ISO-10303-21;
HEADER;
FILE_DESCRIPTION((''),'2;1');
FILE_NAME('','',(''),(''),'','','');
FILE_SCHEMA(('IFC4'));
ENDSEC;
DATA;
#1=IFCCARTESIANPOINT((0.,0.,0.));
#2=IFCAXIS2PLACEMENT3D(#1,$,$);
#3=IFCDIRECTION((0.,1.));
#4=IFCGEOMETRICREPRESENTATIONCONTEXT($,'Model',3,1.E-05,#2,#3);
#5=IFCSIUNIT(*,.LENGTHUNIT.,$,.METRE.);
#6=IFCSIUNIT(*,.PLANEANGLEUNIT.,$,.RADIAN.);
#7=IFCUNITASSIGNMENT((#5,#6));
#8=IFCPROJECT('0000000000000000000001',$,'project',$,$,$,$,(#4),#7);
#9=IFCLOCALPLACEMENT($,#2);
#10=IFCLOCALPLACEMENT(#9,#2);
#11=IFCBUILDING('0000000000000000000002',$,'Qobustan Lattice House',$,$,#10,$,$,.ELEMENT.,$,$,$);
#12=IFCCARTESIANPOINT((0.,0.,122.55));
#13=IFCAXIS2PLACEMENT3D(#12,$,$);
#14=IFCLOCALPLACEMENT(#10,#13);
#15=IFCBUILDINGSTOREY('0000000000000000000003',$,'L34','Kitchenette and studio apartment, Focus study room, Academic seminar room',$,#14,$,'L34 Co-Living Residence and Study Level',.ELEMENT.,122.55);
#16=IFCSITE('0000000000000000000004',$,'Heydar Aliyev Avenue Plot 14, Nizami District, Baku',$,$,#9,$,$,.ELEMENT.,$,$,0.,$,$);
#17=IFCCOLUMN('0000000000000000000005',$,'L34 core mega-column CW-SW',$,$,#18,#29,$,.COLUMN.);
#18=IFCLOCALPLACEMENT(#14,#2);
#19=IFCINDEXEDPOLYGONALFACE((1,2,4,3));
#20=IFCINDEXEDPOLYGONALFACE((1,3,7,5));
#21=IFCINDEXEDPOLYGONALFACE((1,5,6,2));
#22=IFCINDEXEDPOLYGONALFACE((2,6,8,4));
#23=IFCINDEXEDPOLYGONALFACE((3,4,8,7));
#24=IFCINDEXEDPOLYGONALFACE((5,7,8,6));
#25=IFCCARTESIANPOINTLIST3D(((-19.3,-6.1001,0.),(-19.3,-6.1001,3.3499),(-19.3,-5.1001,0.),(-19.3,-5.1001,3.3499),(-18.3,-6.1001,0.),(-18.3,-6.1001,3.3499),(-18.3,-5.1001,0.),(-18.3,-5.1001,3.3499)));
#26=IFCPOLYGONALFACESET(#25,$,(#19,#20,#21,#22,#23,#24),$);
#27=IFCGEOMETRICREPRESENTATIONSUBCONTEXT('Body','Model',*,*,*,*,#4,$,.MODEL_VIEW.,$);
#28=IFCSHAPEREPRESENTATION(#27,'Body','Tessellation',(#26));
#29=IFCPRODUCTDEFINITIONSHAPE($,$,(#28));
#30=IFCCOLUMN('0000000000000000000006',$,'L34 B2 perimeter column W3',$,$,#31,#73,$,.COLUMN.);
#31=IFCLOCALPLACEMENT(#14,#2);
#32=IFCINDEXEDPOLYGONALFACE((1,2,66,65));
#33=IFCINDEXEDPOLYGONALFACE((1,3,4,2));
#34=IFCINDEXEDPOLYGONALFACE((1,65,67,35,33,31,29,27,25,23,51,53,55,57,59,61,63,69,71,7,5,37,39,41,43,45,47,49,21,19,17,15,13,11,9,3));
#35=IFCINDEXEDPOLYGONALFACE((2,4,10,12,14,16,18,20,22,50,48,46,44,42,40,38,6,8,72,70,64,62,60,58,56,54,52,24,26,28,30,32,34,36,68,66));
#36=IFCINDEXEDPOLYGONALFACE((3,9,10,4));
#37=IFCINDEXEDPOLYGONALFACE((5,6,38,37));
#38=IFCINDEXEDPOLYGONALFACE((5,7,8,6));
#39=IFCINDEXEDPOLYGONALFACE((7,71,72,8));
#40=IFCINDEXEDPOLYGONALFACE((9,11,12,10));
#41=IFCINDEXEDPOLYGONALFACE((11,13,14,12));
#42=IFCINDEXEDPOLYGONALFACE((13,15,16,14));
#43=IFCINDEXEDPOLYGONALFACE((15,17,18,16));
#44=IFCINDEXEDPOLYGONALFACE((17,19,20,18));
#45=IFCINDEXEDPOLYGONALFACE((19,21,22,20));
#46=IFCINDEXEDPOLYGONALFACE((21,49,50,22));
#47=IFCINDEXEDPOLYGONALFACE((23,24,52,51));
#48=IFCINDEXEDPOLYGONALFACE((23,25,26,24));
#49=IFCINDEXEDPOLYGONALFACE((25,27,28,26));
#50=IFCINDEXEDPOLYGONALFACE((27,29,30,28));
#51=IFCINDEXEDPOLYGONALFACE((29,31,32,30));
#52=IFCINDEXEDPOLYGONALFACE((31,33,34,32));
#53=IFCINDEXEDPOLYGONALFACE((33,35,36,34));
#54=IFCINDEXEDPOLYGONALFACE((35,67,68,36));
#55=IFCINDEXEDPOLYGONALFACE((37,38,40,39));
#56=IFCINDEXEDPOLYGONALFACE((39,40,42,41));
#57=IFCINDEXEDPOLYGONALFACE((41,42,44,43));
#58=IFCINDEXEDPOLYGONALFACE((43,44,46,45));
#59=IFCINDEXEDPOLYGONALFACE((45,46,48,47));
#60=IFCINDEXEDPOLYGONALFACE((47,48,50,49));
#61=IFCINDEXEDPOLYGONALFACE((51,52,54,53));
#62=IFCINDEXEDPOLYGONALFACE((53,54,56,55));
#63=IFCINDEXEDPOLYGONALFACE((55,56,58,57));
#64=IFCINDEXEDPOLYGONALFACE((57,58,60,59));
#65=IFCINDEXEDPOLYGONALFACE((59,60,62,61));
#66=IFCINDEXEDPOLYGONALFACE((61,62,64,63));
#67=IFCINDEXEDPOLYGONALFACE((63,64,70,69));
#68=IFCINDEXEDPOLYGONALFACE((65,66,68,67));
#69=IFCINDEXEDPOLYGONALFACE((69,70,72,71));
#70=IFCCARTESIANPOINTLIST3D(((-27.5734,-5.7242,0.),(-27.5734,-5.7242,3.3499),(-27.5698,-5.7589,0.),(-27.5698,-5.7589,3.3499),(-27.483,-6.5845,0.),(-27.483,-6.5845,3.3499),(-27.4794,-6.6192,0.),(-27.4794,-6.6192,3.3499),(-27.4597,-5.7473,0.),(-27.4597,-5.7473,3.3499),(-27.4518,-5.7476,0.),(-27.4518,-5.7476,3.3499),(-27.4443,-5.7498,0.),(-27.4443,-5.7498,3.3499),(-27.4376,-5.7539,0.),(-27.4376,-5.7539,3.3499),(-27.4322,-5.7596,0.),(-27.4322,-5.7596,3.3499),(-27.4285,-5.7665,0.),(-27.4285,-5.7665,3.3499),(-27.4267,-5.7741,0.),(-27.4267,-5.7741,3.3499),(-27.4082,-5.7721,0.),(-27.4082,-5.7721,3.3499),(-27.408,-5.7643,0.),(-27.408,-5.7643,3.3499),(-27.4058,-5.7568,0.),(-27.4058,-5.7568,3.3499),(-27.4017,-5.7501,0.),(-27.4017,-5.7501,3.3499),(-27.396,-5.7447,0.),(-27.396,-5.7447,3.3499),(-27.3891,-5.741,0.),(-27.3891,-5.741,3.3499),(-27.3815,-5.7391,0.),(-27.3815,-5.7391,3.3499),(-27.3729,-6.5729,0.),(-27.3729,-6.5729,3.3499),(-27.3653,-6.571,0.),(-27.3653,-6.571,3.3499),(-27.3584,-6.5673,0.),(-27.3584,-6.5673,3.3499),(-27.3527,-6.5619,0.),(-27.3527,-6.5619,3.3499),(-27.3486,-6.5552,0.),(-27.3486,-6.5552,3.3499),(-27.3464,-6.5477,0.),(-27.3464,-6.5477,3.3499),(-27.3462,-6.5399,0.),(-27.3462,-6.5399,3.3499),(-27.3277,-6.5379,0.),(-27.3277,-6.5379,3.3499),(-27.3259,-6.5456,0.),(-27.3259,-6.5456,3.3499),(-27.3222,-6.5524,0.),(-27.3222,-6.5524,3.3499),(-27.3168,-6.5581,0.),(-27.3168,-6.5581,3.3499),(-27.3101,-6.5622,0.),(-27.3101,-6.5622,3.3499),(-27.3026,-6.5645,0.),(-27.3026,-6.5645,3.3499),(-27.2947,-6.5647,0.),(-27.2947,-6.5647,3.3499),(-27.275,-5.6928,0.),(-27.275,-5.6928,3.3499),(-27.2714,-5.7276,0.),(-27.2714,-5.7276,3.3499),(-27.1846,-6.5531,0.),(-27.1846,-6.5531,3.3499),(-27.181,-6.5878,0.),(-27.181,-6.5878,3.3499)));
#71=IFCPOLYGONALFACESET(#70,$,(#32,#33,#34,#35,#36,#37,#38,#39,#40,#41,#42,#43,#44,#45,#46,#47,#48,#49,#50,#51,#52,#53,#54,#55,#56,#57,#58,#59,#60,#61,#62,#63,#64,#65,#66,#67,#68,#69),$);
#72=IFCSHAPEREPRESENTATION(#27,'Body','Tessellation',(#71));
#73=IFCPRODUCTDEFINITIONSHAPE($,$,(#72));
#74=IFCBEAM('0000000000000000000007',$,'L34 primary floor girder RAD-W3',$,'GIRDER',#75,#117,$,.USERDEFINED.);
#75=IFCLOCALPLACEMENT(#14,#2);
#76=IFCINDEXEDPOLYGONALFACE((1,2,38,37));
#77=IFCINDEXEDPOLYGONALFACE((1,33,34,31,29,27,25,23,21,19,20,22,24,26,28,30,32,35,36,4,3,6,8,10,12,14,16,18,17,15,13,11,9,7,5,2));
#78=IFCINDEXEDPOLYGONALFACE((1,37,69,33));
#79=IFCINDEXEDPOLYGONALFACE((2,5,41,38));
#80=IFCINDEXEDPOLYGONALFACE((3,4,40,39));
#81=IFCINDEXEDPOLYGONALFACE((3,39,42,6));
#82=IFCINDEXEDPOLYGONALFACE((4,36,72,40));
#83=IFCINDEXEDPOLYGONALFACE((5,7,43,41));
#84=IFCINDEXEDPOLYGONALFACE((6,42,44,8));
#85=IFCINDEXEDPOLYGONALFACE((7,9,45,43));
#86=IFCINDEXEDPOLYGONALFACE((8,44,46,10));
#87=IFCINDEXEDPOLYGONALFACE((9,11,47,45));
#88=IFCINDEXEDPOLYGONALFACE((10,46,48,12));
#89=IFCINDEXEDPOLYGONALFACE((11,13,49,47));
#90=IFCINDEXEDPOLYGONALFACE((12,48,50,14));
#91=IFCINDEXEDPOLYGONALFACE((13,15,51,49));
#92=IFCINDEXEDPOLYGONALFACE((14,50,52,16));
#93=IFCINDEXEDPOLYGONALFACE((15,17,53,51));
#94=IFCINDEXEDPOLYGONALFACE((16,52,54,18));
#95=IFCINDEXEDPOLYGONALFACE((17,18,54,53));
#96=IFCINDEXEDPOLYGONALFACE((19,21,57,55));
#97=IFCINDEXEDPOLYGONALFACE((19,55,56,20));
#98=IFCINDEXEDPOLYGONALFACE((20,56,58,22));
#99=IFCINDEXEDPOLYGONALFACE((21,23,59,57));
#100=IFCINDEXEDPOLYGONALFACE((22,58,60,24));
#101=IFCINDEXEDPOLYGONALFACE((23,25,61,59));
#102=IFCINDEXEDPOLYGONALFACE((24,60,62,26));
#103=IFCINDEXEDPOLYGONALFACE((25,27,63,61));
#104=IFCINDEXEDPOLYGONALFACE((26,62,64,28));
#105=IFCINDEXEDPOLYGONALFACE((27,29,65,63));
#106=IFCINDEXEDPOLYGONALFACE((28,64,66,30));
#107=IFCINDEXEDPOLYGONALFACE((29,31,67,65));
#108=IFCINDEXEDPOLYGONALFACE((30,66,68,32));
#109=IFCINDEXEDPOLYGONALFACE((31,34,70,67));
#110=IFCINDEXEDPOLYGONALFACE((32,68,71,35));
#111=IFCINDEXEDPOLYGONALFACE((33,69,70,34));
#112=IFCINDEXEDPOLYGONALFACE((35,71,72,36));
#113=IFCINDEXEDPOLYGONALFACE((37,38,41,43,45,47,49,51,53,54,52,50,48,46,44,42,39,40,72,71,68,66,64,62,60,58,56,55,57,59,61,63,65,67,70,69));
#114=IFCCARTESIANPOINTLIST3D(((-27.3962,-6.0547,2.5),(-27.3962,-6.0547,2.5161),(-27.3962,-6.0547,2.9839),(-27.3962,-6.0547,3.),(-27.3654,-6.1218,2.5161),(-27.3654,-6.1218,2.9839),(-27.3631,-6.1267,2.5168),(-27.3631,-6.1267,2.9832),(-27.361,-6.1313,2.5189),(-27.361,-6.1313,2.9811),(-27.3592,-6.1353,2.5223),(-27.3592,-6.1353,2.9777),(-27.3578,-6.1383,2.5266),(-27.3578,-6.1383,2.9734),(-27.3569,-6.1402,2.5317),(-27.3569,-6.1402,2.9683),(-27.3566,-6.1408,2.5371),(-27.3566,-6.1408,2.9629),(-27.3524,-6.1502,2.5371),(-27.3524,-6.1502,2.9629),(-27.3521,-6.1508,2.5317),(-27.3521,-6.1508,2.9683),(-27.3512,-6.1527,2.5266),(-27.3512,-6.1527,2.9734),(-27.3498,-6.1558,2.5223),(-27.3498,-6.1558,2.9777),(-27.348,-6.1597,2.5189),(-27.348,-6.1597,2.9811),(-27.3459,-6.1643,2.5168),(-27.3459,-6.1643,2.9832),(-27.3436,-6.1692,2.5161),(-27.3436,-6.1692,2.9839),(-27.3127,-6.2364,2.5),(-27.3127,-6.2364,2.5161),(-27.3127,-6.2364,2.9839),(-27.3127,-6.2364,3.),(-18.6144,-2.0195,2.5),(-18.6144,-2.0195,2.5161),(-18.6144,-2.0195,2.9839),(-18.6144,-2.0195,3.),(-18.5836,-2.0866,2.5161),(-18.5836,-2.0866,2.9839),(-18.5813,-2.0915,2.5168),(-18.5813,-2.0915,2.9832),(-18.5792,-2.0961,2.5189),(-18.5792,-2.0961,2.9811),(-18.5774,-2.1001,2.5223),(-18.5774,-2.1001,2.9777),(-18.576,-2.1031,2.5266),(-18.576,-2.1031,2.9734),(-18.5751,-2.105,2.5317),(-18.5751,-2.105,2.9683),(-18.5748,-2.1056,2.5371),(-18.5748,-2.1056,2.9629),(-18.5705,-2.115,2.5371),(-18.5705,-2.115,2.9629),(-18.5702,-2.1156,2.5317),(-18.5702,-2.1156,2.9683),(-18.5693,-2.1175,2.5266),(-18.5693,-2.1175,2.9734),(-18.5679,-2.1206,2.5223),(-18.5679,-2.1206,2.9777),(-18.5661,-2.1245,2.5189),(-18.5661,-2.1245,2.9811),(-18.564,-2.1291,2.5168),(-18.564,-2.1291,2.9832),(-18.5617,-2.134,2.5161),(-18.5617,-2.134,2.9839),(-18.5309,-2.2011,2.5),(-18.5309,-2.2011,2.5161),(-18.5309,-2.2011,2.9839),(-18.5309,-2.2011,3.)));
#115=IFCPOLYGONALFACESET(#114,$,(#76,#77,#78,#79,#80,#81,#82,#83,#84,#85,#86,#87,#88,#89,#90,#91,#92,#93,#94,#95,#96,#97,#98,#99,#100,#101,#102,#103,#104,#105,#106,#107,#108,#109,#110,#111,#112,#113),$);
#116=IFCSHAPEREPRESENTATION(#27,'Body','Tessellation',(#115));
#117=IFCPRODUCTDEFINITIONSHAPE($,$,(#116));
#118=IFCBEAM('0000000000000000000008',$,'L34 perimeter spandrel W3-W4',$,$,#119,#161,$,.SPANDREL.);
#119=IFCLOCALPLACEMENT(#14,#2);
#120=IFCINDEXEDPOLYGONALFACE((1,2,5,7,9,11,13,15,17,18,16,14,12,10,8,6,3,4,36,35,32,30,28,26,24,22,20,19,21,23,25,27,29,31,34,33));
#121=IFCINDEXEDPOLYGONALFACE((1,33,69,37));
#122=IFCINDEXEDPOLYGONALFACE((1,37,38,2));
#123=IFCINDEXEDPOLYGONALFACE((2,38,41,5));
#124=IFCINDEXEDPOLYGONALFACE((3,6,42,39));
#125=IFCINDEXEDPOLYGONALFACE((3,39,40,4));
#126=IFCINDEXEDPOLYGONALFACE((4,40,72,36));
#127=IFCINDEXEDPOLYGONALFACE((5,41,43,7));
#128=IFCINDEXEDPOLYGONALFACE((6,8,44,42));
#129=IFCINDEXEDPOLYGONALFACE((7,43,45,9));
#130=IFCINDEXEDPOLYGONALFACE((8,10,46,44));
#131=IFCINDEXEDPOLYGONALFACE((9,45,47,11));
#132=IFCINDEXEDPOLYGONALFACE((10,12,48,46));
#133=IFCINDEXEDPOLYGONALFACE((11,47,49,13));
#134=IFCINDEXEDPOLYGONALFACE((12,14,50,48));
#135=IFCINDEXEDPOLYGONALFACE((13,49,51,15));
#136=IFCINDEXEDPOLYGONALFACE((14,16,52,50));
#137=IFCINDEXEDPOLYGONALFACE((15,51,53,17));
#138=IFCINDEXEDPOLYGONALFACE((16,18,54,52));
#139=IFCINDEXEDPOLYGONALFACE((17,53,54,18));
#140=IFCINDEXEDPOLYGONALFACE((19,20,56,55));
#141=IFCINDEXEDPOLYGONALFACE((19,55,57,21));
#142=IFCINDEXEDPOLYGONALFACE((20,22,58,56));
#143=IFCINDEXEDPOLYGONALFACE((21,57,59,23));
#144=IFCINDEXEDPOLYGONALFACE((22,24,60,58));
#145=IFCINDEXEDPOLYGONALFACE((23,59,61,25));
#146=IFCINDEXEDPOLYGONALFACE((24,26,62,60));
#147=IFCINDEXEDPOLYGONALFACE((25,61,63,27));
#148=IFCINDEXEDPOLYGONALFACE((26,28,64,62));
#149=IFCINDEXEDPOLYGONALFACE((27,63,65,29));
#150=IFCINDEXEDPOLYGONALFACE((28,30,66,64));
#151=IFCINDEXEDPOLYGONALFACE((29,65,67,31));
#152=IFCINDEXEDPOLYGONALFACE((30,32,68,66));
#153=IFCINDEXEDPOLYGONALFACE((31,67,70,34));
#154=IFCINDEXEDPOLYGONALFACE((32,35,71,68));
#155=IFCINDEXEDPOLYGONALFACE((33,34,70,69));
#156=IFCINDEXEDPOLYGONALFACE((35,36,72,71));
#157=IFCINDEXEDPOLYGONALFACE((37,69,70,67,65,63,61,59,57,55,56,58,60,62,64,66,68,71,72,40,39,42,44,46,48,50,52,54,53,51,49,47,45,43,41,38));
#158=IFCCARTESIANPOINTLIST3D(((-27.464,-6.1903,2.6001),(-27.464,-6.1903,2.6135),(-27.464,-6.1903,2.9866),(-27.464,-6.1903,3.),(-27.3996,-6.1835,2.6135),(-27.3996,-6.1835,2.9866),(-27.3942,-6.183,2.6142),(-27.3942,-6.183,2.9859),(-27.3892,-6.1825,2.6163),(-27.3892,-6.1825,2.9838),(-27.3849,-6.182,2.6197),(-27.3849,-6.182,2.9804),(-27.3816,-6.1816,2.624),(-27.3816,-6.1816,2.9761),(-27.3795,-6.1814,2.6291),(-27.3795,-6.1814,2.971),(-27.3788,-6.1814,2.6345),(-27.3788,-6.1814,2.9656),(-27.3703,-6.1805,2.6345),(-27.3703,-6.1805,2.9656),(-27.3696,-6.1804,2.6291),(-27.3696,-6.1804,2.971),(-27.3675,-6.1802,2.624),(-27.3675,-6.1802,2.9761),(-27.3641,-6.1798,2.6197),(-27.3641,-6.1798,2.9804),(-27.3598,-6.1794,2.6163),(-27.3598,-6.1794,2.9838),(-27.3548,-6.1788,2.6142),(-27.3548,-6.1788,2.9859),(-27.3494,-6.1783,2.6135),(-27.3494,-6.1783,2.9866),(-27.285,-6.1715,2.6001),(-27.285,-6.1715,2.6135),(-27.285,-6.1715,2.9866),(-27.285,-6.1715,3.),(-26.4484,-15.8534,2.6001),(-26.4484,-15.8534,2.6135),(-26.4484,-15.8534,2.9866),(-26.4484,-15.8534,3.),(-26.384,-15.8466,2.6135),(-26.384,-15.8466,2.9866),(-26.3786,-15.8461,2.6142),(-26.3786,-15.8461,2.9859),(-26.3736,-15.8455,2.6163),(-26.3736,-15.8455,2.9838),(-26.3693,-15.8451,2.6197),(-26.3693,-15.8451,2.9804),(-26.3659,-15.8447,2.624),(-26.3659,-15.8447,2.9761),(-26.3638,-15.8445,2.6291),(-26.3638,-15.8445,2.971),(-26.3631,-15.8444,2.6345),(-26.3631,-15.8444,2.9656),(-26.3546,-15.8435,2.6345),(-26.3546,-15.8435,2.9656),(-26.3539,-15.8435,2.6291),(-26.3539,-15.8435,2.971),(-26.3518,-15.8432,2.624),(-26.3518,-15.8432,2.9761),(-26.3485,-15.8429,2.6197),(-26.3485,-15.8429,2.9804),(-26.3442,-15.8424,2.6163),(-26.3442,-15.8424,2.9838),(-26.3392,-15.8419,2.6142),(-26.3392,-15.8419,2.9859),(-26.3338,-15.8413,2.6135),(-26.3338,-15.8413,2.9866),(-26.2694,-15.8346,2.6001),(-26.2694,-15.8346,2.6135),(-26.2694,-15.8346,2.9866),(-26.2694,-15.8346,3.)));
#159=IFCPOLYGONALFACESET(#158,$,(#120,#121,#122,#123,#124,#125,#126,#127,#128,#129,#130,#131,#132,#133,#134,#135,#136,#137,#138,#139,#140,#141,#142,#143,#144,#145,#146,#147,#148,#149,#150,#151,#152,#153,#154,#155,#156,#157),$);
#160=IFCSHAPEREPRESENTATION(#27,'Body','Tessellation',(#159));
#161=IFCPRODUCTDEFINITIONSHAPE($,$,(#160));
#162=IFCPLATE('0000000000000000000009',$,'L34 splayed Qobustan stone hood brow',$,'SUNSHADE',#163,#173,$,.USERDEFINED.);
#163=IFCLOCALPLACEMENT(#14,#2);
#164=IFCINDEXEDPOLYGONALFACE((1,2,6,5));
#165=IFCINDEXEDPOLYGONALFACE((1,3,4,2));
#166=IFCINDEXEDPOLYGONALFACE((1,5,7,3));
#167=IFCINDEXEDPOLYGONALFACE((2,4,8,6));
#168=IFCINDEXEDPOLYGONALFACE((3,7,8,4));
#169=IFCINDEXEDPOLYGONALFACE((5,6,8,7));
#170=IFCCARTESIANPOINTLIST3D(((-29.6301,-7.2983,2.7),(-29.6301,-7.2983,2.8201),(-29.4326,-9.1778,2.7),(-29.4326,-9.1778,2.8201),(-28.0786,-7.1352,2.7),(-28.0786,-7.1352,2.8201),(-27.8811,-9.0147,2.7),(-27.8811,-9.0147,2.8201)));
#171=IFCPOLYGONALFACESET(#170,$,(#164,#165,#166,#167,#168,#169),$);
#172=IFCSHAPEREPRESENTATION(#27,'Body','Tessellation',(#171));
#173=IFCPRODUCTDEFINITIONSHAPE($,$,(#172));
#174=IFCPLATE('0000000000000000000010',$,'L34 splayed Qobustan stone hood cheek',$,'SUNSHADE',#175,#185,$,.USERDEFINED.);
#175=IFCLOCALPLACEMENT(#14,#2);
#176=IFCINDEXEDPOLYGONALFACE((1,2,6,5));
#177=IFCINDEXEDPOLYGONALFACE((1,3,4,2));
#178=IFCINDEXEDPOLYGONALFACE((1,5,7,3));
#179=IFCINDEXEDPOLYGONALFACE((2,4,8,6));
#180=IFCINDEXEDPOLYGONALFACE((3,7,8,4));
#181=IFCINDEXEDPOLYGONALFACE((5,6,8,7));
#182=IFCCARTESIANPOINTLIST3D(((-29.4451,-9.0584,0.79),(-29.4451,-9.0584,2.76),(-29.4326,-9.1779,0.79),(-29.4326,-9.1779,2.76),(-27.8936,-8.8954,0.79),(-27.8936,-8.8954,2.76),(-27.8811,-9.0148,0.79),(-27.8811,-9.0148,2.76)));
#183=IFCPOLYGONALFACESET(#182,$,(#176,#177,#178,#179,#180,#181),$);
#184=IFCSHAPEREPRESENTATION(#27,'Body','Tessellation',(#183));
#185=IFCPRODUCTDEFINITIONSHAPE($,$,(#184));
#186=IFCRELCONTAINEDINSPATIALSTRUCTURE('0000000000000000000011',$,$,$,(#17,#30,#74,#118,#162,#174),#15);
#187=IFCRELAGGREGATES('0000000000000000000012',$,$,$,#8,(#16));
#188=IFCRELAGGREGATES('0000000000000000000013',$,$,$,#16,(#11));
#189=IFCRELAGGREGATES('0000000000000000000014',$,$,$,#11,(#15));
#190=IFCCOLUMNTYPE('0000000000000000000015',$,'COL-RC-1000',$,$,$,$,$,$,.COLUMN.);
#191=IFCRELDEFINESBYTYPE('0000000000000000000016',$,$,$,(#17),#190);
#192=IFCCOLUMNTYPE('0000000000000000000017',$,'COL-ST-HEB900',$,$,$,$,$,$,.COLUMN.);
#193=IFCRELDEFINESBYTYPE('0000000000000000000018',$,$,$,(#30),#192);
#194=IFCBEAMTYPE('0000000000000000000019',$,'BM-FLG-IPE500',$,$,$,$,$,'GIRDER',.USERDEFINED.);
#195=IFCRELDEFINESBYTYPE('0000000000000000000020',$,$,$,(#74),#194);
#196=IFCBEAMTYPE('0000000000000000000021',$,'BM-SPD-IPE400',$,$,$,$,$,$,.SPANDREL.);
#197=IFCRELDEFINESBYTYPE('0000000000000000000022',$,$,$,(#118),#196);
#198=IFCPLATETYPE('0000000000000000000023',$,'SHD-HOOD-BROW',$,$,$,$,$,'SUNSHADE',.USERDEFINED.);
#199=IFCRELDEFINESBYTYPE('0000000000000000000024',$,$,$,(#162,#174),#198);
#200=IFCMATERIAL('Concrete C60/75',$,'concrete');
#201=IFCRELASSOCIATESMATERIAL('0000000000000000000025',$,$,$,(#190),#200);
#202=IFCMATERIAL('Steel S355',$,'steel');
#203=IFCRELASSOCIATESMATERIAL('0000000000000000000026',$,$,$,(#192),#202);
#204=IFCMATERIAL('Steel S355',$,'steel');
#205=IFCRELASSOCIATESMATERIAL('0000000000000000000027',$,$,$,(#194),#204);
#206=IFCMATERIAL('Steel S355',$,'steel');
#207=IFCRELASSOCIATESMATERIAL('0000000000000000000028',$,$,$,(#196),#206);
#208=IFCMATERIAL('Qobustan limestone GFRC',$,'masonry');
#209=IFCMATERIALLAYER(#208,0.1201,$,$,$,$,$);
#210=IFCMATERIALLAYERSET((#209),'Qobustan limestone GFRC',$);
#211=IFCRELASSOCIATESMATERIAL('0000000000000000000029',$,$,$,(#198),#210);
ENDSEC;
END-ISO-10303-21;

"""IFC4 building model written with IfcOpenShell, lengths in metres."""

from ifc_helpers import new_model, si_unit, direction, frame, origin, origin_2d, place, context, subcontext, project, spatial, rectangle, i_section, extrude, material, layer, layer_set, material_profile, profile_set, type_object, element, save


model = new_model("IFC4")

# Units and contexts
model_context = context("Model", 3, precision=1e-05, world=origin(), true_north=direction((0.0, 1.0)))
body_context = subcontext(model_context, "Body", "Model", "MODEL_VIEW")
ifc_project = project(units=[si_unit("LENGTHUNIT", "METRE"), si_unit("PLANEANGLEUNIT", "RADIAN")], contexts=[model_context])

# Site, building, storey
site_placement = place(None, origin())
site = spatial("IfcSite", under=ifc_project, at=site_placement, Name="Heydar Aliyev Avenue Plot 14, Nizami District, Baku", CompositionType="ELEMENT", RefElevation=0.0)
building_placement = place(site_placement, origin())
building = spatial("IfcBuilding", under=site, at=building_placement, Name="Qobustan Lattice House", CompositionType="ELEMENT")
storey_placement = place(building_placement, frame((0.0, 0.0, 122.55)))
storey = spatial("IfcBuildingStorey", under=building, at=storey_placement, Name="L34", Description="Kitchenette and studio apartment, Focus study room, Academic seminar room", LongName="L34 Co-Living Residence and Study Level", CompositionType="ELEMENT", Elevation=122.55)

# Columns
ifc_material_1 = material(Name="Concrete C60/75", Category="concrete")
ifc_material_profile_1 = material_profile(ifc_material_1, rectangle(XDim=1.0, YDim=1.0, at=origin_2d()), Name="RC1000x1000")
ifc_profile_set_1 = profile_set([ifc_material_profile_1], Name="Concrete C60/75")
column_type_1 = type_object("IfcColumnType", Name="COL-RC-1000", PredefinedType="COLUMN", material=ifc_profile_set_1)
column_1_placement = place(storey_placement, frame((-18.8, -5.6001, 0.0), z_axis=(0.0, 0.0, 1.0), x_axis=(1.0, 0.0, 0.0)))
element("IfcColumn", 1, at=column_1_placement, inside=storey, type_object=column_type_1, Name="L34 core mega-column CW-SW", PredefinedType="COLUMN", context=body_context, shape_type="SweptSolid", body=[
    extrude(rectangle(XDim=1.0, YDim=1.0, at=origin_2d()), origin(), (0.0, 0.0, 1.0), 3.3499),
])
ifc_material_2 = material(Name="Steel S355", Category="steel")
ifc_material_profile_2 = material_profile(ifc_material_2, i_section(OverallWidth=0.3, OverallDepth=0.8999, WebThickness=0.0186, FlangeThickness=0.0349, FilletRadius=0.03, at=origin_2d()), Name="HEB900")
ifc_profile_set_2 = profile_set([ifc_material_profile_2], Name="Steel S355")
column_type_2 = type_object("IfcColumnType", Name="COL-ST-HEB900", PredefinedType="COLUMN", material=ifc_profile_set_2)
column_2_placement = place(storey_placement, frame((-27.3772, -6.156, 0.0), z_axis=(0.0, 0.0, 1.0), x_axis=(0.994522, 0.104528, 0.0)))
element("IfcColumn", 2, at=column_2_placement, inside=storey, type_object=column_type_2, Name="L34 B2 perimeter column W3", PredefinedType="COLUMN", context=body_context, shape_type="SweptSolid", body=[
    extrude(i_section(OverallWidth=0.3, OverallDepth=0.8999, WebThickness=0.0186, FlangeThickness=0.0349, FilletRadius=0.03, at=origin_2d()), origin(), (0.0, 0.0, 1.0), 3.3499),
])

# Beams
ifc_material_3 = material(Name="Steel S355", Category="steel")
ifc_material_profile_3 = material_profile(ifc_material_3, i_section(OverallWidth=0.2, OverallDepth=0.5, WebThickness=0.0103, FlangeThickness=0.0161, FilletRadius=0.021, at=origin_2d()), Name="IPE500")
ifc_profile_set_3 = profile_set([ifc_material_profile_3], Name="Steel S355")
beam_type_1 = type_object("IfcBeamType", Name="BM-FLG-IPE500", ElementType="GIRDER", PredefinedType="USERDEFINED", material=ifc_profile_set_3)
beam_1_placement = place(storey_placement, frame((-27.3545, -6.1455, 2.75), z_axis=(0.908665, 0.417526, 0.0), x_axis=(-0.417526, 0.908665, 0.0)))
element("IfcBeam", 3, at=beam_1_placement, inside=storey, type_object=beam_type_1, Name="L34 primary floor girder RAD-W3", ObjectType="GIRDER", PredefinedType="USERDEFINED", context=body_context, shape_type="SweptSolid", body=[
    extrude(i_section(OverallWidth=0.2, OverallDepth=0.5, WebThickness=0.0103, FlangeThickness=0.0161, FilletRadius=0.021, at=origin_2d()), origin(), (0.0, 0.0, 1.0), 9.6646),
])
ifc_material_4 = material(Name="Steel S355", Category="steel")
ifc_material_profile_4 = material_profile(ifc_material_4, i_section(OverallWidth=0.1799, OverallDepth=0.3999, WebThickness=0.0085, FlangeThickness=0.0134, FilletRadius=0.021, at=origin_2d()), Name="IPE400")
ifc_profile_set_4 = profile_set([ifc_material_profile_4], Name="Steel S355")
beam_type_2 = type_object("IfcBeamType", Name="BM-SPD-IPE400", PredefinedType="SPANDREL", material=ifc_profile_set_4)
beam_2_placement = place(storey_placement, frame((-27.3745, -6.1809, 2.8), z_axis=(0.104528, -0.994522, 0.0), x_axis=(0.994522, 0.104528, 0.0)))
element("IfcBeam", 4, at=beam_2_placement, inside=storey, type_object=beam_type_2, Name="L34 perimeter spandrel W3-W4", PredefinedType="SPANDREL", context=body_context, shape_type="SweptSolid", body=[
    extrude(i_section(OverallWidth=0.1799, OverallDepth=0.3999, WebThickness=0.0085, FlangeThickness=0.0134, FilletRadius=0.021, at=origin_2d()), origin(), (0.0, 0.0, 1.0), 9.7163),
])

# Plates
ifc_material_5 = material(Name="Qobustan limestone GFRC", Category="masonry")
ifc_layer_1 = layer(ifc_material_5, 0.1201)
ifc_layer_set_1 = layer_set([ifc_layer_1], Name="Qobustan limestone GFRC")
plate_type = type_object("IfcPlateType", Name="SHD-HOOD-BROW", ElementType="SUNSHADE", PredefinedType="USERDEFINED", material=ifc_layer_set_1)
plate_1_placement = place(storey_placement, frame((-28.7556, -8.1565, 2.7), z_axis=(0.0, 0.0, 1.0), x_axis=(-0.104528, 0.994522, 0.0)))
element("IfcPlate", 5, at=plate_1_placement, inside=storey, type_object=plate_type, Name="L34 splayed Qobustan stone hood brow", ObjectType="SUNSHADE", PredefinedType="USERDEFINED", context=body_context, shape_type="SweptSolid", body=[
    extrude(rectangle(XDim=1.8899, YDim=1.5601, at=origin_2d()), origin(), (0.0, 0.0, 1.0), 0.1201),
])
plate_2_placement = place(storey_placement, frame((-28.6631, -9.0366, 0.79), z_axis=(0.0, 0.0, 1.0), x_axis=(-0.104528, 0.994522, 0.0)))
element("IfcPlate", 6, at=plate_2_placement, inside=storey, type_object=plate_type, Name="L34 splayed Qobustan stone hood cheek", ObjectType="SUNSHADE", PredefinedType="USERDEFINED", context=body_context, shape_type="SweptSolid", body=[
    extrude(rectangle(XDim=0.1201, YDim=1.5601, at=origin_2d()), origin(), (0.0, 0.0, 1.0), 1.97),
])

save(model, "model.ifc")
